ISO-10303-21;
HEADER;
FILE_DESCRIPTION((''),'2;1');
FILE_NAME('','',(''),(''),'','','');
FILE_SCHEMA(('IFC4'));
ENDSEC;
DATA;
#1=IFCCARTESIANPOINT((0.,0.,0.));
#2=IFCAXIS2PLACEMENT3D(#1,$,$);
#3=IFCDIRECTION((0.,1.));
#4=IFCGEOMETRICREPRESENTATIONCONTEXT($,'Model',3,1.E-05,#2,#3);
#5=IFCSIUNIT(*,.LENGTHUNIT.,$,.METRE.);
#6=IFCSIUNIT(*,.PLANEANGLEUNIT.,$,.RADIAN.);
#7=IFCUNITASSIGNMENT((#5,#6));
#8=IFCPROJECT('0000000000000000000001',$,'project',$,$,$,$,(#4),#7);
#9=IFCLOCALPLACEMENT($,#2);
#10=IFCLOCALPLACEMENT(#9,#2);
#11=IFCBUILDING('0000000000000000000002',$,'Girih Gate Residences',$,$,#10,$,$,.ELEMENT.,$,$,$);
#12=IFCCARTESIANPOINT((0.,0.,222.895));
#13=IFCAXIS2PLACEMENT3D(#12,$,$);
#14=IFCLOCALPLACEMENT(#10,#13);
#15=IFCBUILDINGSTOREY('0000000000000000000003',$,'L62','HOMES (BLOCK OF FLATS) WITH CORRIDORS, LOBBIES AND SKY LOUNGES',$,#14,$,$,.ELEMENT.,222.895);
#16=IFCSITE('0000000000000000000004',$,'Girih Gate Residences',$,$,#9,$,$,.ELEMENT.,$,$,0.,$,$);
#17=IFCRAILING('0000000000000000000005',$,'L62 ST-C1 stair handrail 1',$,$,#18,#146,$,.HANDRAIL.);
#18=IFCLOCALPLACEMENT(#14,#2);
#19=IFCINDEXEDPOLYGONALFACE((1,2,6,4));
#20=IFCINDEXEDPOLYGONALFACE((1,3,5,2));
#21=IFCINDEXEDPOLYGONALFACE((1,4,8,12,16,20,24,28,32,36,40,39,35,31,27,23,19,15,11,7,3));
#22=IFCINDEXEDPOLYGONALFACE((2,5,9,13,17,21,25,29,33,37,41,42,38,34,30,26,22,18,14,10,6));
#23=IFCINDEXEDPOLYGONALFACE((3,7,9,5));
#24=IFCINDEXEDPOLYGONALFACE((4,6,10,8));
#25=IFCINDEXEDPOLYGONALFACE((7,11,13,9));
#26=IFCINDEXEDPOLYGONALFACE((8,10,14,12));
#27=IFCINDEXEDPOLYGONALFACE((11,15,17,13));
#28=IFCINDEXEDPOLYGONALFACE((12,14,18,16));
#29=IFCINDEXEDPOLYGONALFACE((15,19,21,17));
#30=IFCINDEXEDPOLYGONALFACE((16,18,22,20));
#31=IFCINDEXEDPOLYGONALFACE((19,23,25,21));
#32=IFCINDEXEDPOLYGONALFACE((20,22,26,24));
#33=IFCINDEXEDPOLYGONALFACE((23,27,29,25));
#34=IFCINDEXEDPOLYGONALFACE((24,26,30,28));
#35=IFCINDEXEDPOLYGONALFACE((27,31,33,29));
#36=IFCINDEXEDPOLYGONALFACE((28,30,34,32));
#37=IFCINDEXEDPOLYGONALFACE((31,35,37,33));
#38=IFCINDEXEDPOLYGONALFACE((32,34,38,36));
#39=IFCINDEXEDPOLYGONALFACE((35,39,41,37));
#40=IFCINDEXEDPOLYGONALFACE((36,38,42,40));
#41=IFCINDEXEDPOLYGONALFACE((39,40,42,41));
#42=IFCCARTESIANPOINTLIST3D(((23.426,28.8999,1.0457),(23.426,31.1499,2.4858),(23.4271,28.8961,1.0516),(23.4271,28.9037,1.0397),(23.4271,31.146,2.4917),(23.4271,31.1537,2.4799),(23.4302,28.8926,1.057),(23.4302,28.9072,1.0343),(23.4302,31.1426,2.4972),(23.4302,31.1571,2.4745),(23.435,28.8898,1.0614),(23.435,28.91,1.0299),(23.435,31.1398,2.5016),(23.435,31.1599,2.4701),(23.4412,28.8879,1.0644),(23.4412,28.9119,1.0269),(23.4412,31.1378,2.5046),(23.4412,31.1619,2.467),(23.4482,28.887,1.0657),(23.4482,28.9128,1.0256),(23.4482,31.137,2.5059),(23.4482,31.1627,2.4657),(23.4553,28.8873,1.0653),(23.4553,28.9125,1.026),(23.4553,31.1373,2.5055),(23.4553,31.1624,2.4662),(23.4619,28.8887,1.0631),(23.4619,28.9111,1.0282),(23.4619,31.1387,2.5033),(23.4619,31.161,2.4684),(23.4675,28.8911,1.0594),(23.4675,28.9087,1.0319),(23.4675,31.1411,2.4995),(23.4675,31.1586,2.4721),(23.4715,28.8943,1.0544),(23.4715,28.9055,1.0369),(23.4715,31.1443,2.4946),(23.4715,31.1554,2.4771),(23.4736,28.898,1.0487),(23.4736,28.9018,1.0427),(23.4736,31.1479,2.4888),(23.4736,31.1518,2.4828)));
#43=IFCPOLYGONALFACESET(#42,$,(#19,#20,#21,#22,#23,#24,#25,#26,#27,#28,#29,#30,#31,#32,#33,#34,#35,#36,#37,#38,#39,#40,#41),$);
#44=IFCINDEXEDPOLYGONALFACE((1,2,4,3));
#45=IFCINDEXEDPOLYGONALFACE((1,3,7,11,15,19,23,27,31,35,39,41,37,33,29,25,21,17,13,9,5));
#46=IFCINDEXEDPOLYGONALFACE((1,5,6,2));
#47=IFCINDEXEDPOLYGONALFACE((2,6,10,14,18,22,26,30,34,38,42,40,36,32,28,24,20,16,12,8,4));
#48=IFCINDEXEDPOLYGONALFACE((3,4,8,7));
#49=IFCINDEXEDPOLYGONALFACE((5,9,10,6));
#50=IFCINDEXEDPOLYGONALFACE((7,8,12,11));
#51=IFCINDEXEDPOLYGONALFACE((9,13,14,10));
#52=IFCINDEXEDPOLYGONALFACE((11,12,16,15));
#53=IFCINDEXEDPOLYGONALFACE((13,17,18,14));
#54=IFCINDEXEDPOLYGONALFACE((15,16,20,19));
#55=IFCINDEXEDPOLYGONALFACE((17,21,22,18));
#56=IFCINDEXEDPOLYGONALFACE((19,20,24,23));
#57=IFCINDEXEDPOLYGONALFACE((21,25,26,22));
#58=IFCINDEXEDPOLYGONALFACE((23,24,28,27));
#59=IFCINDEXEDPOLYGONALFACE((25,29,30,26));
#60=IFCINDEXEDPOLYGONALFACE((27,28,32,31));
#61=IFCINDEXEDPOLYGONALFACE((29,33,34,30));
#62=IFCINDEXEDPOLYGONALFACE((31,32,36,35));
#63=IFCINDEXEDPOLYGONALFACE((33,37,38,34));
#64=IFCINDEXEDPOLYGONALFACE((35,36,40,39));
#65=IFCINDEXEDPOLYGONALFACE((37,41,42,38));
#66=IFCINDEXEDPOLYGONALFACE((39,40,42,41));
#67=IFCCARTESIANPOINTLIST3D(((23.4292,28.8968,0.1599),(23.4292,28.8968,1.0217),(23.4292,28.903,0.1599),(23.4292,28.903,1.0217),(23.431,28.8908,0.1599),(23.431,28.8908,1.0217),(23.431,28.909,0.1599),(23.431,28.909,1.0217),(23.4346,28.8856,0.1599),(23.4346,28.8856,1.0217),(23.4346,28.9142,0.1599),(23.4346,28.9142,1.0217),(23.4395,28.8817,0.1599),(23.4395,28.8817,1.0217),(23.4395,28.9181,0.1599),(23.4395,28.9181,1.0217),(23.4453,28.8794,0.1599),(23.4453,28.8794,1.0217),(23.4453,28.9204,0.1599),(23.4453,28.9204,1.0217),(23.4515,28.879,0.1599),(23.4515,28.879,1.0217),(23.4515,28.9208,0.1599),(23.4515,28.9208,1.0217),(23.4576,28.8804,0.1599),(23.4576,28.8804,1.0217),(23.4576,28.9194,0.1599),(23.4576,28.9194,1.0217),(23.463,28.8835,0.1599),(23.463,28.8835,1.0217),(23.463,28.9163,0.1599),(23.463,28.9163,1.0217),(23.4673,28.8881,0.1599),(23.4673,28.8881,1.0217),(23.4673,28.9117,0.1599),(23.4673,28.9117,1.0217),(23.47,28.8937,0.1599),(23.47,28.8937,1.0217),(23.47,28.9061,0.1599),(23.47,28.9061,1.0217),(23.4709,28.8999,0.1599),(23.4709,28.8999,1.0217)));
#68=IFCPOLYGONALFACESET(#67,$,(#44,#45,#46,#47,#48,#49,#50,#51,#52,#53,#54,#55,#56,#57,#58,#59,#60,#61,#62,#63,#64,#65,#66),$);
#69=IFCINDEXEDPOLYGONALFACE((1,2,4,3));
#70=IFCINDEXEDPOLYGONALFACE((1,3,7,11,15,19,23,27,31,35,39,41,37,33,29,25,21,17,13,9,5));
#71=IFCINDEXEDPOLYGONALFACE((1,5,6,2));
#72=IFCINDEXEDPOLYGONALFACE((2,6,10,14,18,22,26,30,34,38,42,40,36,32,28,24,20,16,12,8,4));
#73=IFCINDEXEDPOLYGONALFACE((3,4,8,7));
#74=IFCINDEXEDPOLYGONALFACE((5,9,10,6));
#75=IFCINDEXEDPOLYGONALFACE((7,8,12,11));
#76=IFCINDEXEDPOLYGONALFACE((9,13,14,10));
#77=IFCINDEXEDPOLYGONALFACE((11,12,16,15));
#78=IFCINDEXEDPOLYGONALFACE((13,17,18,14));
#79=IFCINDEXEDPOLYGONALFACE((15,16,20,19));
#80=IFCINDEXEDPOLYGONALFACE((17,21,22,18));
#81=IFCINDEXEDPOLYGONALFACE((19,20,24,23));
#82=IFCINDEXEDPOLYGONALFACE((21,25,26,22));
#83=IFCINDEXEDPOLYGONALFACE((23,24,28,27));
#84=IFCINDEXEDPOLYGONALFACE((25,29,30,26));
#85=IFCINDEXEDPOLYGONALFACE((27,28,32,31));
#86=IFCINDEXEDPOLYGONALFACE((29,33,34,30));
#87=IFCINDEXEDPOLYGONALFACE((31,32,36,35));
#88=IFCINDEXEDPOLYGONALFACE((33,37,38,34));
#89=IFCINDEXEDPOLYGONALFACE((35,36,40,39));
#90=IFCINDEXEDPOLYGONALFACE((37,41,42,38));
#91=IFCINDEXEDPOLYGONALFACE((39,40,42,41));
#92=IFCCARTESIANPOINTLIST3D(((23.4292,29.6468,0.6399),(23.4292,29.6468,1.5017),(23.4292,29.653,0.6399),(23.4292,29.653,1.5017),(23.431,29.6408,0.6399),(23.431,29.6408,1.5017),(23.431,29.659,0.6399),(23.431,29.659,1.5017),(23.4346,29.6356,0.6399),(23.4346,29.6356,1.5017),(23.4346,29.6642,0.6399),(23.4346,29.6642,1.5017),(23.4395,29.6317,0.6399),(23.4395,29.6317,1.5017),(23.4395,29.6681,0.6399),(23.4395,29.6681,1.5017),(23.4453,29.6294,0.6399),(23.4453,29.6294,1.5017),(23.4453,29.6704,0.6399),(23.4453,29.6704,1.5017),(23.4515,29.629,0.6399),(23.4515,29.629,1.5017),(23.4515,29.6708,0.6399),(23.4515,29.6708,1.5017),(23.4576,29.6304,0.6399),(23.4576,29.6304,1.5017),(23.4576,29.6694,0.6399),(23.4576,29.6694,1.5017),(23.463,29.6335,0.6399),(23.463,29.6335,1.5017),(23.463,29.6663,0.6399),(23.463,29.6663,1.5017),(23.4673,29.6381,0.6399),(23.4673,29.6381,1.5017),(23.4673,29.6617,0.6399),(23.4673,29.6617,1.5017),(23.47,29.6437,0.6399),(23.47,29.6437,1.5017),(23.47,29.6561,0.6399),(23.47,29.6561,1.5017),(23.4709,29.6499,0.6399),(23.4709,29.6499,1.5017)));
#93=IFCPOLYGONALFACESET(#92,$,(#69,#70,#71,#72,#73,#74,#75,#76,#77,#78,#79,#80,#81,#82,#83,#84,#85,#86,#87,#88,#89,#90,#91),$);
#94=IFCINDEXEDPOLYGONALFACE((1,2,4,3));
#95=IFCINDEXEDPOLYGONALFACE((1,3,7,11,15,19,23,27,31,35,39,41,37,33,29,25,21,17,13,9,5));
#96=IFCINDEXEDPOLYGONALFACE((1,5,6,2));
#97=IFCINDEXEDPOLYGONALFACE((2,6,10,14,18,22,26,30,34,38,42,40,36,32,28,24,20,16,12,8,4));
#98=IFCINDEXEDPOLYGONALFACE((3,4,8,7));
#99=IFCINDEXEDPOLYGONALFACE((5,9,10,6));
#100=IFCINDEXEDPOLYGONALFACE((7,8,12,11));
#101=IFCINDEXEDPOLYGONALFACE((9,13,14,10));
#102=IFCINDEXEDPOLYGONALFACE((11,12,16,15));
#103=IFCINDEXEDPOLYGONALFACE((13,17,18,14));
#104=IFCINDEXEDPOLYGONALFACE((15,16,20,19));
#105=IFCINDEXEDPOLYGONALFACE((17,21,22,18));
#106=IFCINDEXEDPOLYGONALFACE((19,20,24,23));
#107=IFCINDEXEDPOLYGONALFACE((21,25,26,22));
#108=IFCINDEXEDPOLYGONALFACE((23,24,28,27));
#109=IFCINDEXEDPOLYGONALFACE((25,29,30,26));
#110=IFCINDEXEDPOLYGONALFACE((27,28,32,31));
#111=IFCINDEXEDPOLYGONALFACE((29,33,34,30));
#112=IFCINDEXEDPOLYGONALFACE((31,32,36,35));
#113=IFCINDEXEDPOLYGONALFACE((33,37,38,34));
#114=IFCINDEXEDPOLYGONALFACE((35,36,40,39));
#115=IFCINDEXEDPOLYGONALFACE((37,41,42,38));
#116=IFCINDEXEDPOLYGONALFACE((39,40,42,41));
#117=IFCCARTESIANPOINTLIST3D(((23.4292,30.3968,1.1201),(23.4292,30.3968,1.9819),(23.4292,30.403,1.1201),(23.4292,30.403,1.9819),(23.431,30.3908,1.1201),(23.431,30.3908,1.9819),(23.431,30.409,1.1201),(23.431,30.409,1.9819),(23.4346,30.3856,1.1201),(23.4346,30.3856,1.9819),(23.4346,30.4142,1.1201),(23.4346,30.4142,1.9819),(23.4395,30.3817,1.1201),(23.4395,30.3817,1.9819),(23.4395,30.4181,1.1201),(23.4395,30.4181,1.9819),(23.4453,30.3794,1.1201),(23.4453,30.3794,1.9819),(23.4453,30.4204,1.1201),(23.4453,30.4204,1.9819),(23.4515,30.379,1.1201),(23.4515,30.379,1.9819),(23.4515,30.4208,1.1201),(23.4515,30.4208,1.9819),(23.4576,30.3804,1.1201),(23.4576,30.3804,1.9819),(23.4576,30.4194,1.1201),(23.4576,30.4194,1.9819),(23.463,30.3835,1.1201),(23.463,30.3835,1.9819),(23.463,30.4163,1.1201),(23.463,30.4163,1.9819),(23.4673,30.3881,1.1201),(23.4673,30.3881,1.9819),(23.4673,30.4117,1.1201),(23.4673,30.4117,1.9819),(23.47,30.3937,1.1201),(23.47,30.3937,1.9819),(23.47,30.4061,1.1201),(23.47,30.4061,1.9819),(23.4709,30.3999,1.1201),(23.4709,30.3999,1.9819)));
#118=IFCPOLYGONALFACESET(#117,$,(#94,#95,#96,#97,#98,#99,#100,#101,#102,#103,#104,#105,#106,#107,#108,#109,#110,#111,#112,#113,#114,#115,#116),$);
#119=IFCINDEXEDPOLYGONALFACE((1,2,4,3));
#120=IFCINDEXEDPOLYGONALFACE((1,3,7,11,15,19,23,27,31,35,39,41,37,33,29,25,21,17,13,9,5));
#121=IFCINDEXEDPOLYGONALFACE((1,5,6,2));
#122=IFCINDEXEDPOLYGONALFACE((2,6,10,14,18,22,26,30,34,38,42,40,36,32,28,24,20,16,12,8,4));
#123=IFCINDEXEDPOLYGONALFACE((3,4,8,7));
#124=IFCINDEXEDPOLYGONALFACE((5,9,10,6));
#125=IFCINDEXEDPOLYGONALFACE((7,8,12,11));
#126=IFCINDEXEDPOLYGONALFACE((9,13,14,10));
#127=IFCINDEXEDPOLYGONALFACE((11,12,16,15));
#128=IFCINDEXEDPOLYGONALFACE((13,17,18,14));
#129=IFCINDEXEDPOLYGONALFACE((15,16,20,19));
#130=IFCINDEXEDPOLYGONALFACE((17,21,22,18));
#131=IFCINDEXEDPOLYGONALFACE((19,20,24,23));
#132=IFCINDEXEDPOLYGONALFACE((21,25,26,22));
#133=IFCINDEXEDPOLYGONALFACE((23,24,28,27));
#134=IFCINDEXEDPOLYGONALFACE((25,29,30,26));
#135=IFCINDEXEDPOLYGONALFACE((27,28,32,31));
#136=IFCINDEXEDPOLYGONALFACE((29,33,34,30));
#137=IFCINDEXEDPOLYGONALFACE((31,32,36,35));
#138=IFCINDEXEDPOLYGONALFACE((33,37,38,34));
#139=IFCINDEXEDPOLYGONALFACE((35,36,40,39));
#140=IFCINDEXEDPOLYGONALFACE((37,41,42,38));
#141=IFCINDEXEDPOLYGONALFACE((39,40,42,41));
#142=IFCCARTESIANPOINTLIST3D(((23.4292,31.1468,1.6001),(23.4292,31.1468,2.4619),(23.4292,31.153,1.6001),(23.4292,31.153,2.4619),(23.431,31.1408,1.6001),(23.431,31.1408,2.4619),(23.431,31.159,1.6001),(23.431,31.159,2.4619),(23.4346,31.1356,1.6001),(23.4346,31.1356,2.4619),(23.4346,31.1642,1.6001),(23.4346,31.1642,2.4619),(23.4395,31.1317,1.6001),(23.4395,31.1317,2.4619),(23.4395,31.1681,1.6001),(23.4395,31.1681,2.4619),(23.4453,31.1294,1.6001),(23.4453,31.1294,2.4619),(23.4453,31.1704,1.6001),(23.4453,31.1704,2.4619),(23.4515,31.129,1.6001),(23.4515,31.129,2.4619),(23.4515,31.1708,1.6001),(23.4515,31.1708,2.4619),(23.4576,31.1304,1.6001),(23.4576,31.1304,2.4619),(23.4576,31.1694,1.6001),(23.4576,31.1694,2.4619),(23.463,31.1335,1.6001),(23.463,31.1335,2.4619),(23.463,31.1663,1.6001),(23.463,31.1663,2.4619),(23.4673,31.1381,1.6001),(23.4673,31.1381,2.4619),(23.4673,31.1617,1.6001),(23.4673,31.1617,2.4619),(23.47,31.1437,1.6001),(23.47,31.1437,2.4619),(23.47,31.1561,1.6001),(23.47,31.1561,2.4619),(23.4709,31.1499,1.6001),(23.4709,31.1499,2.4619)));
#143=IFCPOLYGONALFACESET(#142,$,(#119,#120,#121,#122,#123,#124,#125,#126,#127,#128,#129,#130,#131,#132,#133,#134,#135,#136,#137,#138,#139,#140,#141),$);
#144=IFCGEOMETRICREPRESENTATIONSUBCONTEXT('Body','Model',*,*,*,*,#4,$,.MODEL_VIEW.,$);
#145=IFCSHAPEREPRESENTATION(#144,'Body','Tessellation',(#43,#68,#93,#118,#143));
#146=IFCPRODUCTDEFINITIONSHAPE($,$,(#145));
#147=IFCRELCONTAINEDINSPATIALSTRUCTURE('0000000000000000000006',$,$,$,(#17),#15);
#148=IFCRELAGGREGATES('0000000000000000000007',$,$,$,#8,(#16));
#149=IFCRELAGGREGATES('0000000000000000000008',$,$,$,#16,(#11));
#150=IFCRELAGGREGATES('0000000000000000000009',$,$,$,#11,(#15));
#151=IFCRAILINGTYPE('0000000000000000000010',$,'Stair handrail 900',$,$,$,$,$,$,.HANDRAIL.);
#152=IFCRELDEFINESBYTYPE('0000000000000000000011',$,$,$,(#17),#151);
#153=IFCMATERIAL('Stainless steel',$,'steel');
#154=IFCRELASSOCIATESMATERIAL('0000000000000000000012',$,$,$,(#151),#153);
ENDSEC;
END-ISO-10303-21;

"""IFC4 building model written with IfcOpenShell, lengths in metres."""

from ifc_helpers import new_model, si_unit, direction, frame, origin, origin_2d, place, context, subcontext, project, spatial, circle, extrude, material, type_object, element, save


model = new_model("IFC4")

# Units and contexts
model_context = context("Model", 3, precision=1e-05, world=origin(), true_north=direction((0.0, 1.0)))
body_context = subcontext(model_context, "Body", "Model", "MODEL_VIEW")
ifc_project = project(units=[si_unit("LENGTHUNIT", "METRE"), si_unit("PLANEANGLEUNIT", "RADIAN")], contexts=[model_context])

# Site, building, storey
site_placement = place(None, origin())
site = spatial("IfcSite", under=ifc_project, at=site_placement, Name="Girih Gate Residences", CompositionType="ELEMENT", RefElevation=0.0)
building_placement = place(site_placement, origin())
building = spatial("IfcBuilding", under=site, at=building_placement, Name="Girih Gate Residences", CompositionType="ELEMENT")
storey_placement = place(building_placement, frame((0.0, 0.0, 222.895)))
storey = spatial("IfcBuildingStorey", under=building, at=storey_placement, Name="L62", Description="HOMES (BLOCK OF FLATS) WITH CORRIDORS, LOBBIES AND SKY LOUNGES", CompositionType="ELEMENT", Elevation=222.895)

# Railing
ifc_material_1 = material(Name="Stainless steel", Category="steel")
railing_type_1 = type_object("IfcRailingType", Name="Stair handrail 900", PredefinedType="HANDRAIL", material=ifc_material_1)
railing_1_placement = place(storey_placement, frame((23.45, 28.8999, 0.1599)))
element("IfcRailing", 1, at=railing_1_placement, inside=storey, type_object=railing_type_1, Name="L62 ST-C1 stair handrail 1", PredefinedType="HANDRAIL", context=body_context, shape_type="SweptSolid", body=[
    extrude(circle(Radius=0.0239, at=origin_2d()), frame((0.0, 0.0, 0.8857), z_axis=(0.0, 0.84224, 0.539103), x_axis=(-1.0, 0.0, 0.0)), (0.0, 0.0, 1.0), 2.6714),
    extrude(circle(Radius=0.021, at=origin_2d()), origin(), (0.0, 0.0, 1.0), 0.8618),
    extrude(circle(Radius=0.021, at=origin_2d()), frame((0.0, 0.75, 0.48)), (0.0, 0.0, 1.0), 0.8618),
    extrude(circle(Radius=0.021, at=origin_2d()), frame((0.0, 1.5, 0.9602)), (0.0, 0.0, 1.0), 0.8618),
    extrude(circle(Radius=0.021, at=origin_2d()), frame((0.0, 2.25, 1.4402)), (0.0, 0.0, 1.0), 0.8618),
])

save(model, "model.ifc")
